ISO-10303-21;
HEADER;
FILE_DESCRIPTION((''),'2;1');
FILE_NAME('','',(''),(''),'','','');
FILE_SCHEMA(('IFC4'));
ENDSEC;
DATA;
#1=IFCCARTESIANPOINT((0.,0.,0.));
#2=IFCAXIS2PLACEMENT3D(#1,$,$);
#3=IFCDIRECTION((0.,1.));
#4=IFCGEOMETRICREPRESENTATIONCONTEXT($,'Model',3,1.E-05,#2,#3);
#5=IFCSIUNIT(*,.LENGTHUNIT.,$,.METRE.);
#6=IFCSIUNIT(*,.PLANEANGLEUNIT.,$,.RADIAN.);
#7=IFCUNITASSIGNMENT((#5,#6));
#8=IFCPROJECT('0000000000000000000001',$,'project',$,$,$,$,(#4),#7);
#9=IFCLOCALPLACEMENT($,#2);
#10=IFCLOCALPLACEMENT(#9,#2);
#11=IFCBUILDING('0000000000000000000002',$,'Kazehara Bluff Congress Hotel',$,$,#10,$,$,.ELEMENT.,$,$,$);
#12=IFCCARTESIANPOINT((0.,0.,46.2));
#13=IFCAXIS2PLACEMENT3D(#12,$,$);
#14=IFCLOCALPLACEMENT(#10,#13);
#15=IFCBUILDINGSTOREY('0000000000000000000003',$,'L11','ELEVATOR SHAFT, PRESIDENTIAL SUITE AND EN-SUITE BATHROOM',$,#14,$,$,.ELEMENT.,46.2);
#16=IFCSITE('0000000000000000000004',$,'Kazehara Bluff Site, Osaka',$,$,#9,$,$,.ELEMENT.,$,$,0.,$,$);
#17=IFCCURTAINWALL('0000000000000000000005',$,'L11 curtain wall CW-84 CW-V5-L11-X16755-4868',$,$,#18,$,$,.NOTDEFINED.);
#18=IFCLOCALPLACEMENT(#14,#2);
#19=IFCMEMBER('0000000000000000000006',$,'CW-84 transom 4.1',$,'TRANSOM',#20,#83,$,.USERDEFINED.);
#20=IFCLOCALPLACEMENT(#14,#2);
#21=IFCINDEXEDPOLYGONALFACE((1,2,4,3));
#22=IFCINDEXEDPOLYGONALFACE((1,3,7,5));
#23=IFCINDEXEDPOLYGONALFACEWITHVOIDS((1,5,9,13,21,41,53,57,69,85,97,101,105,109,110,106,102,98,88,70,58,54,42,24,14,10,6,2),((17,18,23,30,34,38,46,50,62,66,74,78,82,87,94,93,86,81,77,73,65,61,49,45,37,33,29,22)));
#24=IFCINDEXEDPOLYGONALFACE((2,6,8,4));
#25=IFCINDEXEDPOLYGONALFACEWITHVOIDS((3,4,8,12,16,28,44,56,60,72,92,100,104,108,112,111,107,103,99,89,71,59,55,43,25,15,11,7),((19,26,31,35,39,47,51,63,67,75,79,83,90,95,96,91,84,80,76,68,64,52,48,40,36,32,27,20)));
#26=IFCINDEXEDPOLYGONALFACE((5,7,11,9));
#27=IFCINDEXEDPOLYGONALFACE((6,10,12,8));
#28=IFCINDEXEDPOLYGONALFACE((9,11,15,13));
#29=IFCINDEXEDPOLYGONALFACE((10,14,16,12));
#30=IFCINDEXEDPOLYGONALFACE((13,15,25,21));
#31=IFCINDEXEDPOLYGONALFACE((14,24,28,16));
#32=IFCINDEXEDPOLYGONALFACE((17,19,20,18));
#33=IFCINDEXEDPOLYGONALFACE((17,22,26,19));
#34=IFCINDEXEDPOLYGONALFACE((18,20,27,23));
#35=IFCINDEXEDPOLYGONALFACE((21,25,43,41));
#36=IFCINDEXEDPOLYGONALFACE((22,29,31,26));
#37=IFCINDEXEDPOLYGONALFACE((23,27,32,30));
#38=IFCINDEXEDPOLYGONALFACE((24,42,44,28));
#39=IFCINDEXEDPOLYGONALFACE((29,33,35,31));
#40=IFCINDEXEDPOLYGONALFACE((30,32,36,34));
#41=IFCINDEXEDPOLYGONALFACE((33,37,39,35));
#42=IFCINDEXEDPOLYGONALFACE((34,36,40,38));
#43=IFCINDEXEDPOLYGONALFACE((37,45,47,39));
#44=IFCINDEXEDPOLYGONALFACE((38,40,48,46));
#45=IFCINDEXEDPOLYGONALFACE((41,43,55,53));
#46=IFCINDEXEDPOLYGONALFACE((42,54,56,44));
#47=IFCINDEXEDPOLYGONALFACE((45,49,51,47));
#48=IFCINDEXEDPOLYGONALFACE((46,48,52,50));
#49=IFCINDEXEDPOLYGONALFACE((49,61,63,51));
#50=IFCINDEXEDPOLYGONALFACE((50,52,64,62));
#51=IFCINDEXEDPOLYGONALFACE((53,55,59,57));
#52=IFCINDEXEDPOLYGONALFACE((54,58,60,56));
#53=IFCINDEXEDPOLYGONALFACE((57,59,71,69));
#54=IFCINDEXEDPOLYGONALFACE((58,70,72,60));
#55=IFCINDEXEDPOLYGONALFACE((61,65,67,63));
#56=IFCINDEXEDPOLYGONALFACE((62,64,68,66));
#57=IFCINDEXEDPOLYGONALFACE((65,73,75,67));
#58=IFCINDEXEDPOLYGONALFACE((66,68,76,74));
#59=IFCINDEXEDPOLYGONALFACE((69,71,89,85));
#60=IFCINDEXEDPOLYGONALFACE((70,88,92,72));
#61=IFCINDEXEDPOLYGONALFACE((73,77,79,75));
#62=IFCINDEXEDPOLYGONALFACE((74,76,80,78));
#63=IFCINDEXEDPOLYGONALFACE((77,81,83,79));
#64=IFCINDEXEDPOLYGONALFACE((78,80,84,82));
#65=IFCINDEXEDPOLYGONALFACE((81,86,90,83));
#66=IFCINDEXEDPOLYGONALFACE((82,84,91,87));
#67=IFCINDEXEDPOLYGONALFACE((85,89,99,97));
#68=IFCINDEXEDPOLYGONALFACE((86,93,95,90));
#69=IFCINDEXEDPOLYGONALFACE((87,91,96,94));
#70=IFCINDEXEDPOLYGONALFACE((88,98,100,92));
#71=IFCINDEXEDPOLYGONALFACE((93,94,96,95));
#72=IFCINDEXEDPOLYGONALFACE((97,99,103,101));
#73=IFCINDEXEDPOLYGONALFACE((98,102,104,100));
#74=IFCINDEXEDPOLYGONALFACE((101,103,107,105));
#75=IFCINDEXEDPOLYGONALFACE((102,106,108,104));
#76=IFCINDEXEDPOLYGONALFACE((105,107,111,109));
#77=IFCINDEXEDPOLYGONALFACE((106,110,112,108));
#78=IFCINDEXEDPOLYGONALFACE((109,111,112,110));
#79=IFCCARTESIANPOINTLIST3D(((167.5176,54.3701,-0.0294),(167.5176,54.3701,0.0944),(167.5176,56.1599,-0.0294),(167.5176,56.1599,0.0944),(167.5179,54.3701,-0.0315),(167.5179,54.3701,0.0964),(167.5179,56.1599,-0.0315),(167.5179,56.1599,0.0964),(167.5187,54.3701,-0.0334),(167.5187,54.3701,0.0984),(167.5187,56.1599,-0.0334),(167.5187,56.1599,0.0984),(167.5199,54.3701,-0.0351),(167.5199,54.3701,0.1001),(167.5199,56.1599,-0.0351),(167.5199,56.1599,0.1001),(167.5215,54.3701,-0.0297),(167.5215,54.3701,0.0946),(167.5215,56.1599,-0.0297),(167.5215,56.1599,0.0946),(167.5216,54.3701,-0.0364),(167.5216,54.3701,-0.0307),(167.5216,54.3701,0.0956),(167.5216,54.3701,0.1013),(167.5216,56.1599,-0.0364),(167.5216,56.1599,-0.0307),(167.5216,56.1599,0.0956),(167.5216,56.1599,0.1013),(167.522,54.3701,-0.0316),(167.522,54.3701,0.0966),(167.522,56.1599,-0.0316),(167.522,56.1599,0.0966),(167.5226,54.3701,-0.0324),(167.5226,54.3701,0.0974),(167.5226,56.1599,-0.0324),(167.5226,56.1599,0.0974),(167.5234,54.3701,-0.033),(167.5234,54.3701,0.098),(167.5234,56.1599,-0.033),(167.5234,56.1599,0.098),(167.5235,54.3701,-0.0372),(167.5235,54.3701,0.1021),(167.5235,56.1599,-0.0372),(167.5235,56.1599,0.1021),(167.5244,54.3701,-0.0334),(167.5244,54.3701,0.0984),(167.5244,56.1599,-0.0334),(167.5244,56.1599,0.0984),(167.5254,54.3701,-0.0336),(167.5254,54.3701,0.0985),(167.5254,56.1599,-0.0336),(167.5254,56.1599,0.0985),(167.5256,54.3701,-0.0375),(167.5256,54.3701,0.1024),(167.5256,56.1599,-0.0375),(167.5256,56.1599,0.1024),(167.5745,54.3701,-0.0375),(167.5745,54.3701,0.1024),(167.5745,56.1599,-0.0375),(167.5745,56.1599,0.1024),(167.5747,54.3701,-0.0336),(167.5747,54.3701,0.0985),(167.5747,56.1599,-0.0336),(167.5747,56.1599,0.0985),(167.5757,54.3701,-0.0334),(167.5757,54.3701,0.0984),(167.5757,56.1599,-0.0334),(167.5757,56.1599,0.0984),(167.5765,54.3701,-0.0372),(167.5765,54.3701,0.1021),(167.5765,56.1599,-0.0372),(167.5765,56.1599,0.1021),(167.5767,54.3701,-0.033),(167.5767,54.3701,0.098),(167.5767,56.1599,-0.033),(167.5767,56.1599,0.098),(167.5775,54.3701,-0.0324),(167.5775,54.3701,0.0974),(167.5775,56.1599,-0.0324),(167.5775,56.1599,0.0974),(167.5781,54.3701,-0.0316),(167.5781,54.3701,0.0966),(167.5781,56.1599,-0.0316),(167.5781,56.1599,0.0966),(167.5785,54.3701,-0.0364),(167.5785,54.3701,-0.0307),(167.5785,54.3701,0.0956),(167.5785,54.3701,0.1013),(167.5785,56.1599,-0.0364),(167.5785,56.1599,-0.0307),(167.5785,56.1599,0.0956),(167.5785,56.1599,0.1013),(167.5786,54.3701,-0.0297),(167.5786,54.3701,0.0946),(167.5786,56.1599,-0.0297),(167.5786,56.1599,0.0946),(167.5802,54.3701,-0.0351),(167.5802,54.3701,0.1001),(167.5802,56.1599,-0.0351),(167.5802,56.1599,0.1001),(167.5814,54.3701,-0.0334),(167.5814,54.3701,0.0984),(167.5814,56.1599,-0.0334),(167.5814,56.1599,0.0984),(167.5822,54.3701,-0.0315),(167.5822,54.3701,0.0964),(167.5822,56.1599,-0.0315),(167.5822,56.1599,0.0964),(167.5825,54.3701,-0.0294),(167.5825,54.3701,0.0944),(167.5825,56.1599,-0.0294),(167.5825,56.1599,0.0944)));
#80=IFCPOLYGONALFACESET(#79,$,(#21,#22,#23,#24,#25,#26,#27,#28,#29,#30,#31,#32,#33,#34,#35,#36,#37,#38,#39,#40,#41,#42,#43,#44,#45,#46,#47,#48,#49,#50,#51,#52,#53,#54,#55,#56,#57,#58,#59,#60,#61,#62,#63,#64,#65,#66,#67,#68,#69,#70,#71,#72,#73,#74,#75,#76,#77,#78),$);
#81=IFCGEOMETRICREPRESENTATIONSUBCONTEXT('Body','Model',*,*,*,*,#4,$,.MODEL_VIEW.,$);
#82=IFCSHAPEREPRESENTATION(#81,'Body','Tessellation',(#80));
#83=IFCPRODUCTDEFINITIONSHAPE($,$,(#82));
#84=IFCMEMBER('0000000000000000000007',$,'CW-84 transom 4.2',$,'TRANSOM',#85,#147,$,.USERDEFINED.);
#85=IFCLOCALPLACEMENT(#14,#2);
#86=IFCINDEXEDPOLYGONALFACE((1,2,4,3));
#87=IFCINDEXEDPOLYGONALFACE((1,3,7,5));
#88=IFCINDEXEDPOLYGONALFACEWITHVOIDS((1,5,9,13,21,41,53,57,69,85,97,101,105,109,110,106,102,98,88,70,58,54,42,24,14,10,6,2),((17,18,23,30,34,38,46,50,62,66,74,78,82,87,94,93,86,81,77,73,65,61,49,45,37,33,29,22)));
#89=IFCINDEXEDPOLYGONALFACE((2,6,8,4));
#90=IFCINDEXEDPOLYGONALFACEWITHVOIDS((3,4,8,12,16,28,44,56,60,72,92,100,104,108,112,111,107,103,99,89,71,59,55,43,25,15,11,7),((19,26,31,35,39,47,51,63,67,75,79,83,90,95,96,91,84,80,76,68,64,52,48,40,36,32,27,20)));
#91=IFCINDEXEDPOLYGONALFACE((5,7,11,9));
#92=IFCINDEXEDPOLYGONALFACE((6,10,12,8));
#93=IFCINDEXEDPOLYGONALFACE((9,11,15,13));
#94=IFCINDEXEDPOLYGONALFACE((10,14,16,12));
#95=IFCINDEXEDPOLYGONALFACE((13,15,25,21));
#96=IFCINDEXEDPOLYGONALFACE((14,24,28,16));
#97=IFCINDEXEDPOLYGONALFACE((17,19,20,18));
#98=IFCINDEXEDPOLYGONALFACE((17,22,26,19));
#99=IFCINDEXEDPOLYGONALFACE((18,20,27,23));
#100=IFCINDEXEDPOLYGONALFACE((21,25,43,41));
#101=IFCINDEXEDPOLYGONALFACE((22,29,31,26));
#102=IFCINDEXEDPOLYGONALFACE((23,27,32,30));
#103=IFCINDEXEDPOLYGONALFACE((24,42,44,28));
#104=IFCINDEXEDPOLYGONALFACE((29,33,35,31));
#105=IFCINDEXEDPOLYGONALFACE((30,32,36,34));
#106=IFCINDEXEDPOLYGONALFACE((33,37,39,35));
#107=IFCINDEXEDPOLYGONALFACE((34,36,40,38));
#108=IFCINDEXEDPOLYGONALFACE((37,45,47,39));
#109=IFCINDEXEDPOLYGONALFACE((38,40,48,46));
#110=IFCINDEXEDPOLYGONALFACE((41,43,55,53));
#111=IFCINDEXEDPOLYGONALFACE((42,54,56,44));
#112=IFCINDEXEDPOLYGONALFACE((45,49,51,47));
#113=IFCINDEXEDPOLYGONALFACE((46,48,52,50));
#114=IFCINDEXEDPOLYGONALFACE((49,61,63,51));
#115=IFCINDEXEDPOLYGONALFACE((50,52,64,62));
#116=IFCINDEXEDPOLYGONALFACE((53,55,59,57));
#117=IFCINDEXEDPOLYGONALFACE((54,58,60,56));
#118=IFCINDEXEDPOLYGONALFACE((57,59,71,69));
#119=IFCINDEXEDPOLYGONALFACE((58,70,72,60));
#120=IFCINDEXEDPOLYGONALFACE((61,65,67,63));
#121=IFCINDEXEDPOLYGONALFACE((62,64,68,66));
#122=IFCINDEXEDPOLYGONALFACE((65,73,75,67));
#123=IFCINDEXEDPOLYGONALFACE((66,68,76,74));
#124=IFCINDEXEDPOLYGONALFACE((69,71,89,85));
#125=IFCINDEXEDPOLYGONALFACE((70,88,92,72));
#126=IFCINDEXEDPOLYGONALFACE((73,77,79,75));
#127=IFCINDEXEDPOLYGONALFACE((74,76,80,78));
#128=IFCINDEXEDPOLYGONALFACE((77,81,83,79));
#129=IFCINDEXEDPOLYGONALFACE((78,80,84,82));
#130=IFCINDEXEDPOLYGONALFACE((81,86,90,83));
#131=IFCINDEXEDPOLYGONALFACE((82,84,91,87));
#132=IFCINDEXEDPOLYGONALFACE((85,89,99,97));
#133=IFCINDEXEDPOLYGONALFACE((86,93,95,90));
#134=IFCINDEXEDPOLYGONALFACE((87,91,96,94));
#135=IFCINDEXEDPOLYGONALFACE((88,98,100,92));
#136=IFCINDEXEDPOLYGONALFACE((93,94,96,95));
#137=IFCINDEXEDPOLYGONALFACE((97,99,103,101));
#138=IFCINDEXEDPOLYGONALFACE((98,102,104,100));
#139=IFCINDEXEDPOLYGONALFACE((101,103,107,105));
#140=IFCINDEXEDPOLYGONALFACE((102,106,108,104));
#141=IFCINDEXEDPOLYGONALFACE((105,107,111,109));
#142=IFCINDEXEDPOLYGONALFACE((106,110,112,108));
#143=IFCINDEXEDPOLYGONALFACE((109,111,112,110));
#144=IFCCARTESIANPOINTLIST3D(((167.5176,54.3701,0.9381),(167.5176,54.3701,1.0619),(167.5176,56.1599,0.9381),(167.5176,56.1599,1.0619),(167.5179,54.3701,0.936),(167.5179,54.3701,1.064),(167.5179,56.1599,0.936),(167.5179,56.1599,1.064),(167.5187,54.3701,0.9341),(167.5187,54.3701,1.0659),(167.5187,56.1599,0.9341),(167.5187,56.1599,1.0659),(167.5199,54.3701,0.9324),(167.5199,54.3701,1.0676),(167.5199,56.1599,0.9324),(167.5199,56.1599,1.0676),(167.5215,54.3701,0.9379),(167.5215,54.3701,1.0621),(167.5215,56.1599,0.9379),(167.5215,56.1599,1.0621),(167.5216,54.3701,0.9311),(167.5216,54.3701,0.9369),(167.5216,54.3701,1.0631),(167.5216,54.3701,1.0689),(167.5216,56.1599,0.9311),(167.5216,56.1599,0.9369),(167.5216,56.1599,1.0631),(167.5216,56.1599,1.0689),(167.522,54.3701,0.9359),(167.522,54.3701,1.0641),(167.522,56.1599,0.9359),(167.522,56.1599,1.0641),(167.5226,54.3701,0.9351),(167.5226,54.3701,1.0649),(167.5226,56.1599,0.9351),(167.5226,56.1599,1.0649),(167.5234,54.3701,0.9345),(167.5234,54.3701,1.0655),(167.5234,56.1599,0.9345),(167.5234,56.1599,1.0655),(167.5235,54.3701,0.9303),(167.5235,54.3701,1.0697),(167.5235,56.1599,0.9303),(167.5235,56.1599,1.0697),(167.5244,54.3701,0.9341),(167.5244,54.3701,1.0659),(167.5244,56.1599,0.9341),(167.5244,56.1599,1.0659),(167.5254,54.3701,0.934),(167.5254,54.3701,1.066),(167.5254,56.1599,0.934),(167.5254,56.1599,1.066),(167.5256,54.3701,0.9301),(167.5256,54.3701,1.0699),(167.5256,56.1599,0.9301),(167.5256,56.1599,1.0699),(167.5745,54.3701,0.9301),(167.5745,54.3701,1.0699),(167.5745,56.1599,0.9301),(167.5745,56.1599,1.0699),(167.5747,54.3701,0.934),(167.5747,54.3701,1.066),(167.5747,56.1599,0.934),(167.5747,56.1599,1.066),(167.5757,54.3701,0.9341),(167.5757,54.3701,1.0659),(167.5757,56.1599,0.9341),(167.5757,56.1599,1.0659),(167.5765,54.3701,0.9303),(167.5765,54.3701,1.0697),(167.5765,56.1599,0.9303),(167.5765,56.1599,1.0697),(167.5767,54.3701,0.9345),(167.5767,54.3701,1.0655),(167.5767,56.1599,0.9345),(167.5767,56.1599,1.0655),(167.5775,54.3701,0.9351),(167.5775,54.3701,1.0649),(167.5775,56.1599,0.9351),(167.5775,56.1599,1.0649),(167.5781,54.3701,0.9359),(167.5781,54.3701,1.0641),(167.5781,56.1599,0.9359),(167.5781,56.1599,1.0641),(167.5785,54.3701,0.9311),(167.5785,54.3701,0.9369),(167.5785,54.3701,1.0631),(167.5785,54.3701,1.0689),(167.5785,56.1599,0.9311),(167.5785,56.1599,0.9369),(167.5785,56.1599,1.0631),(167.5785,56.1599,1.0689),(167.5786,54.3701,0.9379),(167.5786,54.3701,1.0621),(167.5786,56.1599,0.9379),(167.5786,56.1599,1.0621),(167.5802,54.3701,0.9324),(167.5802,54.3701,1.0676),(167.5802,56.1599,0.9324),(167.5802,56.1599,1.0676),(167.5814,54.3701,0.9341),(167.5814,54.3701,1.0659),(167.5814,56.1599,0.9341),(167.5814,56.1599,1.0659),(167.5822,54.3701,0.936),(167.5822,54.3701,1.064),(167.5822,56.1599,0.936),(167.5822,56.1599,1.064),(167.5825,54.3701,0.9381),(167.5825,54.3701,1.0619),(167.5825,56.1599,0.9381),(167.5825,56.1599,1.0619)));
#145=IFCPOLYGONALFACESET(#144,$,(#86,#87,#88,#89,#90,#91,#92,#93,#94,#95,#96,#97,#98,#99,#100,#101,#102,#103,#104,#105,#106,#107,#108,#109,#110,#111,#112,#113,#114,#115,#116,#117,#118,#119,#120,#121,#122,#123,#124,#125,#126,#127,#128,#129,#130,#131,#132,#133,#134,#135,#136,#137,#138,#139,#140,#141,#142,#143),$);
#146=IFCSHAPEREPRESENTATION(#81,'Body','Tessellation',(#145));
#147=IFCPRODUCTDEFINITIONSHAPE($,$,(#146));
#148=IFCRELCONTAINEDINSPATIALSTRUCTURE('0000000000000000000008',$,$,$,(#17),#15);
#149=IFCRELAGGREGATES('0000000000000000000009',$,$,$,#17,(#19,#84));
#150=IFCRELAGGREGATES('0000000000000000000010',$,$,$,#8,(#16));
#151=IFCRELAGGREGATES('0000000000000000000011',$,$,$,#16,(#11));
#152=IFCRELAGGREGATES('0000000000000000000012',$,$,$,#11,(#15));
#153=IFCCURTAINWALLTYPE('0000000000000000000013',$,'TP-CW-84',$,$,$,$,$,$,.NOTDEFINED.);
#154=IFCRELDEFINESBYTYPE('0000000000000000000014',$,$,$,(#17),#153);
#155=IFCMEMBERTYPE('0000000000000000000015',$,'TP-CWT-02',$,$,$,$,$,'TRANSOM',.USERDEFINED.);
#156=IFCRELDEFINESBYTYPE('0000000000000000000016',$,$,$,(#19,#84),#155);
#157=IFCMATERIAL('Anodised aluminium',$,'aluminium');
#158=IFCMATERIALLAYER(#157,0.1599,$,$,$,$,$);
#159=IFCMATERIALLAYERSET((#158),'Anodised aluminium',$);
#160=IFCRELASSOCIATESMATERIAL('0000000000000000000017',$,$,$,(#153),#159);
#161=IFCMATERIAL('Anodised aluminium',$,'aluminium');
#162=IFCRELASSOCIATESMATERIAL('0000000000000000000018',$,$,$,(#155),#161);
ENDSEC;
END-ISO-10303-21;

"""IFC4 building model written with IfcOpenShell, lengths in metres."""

from ifc_helpers import new_model, si_unit, direction, frame, origin, origin_2d, place, context, subcontext, project, spatial, hollow_rectangle, extrude, material, layer, layer_set, material_profile, profile_set, type_object, element, aggregate, save


model = new_model("IFC4")

# Units and contexts
model_context = context("Model", 3, precision=1e-05, world=origin(), true_north=direction((0.0, 1.0)))
body_context = subcontext(model_context, "Body", "Model", "MODEL_VIEW")
ifc_project = project(units=[si_unit("LENGTHUNIT", "METRE"), si_unit("PLANEANGLEUNIT", "RADIAN")], contexts=[model_context])

# Site, building, storey
site_placement = place(None, origin())
site = spatial("IfcSite", under=ifc_project, at=site_placement, Name="Kazehara Bluff Site, Osaka", CompositionType="ELEMENT", RefElevation=0.0)
building_placement = place(site_placement, origin())
building = spatial("IfcBuilding", under=site, at=building_placement, Name="Kazehara Bluff Congress Hotel", CompositionType="ELEMENT")
storey_placement = place(building_placement, frame((0.0, 0.0, 46.2)))
storey = spatial("IfcBuildingStorey", under=building, at=storey_placement, Name="L11", Description="ELEVATOR SHAFT, PRESIDENTIAL SUITE AND EN-SUITE BATHROOM", CompositionType="ELEMENT", Elevation=46.2)

# Curtain wall, members
ifc_material_1 = material(Name="Anodised aluminium", Category="aluminium")
ifc_layer_1 = layer(ifc_material_1, 0.1599)
ifc_layer_set_1 = layer_set([ifc_layer_1], Name="Anodised aluminium")
curtain_wall_type = type_object("IfcCurtainWallType", Name="TP-CW-84", PredefinedType="NOTDEFINED", material=ifc_layer_set_1)
curtain_wall_placement = place(storey_placement, origin())
curtain_wall = element("IfcCurtainWall", 1, at=curtain_wall_placement, inside=storey, type_object=curtain_wall_type, Name="L11 curtain wall CW-84 CW-V5-L11-X16755-4868", PredefinedType="NOTDEFINED")
ifc_material_2 = material(Name="Anodised aluminium", Category="aluminium")
ifc_material_profile_1 = material_profile(ifc_material_2, hollow_rectangle(XDim=0.0649, YDim=0.1399, WallThickness=0.0039, InnerFilletRadius=0.0039, OuterFilletRadius=0.0081, at=origin_2d()))
ifc_profile_set_1 = profile_set([ifc_material_profile_1], Name="Anodised aluminium")
member_type_1 = type_object("IfcMemberType", Name="TP-CWT-02", ElementType="TRANSOM", PredefinedType="USERDEFINED", material=ifc_profile_set_1)
member_1_placement = place(storey_placement, frame((167.55, 54.3701, 0.0325), z_axis=(0.0, 1.0, 0.0), x_axis=(-1.0, 0.0, 0.0)))
member_1 = element("IfcMember", 2, at=member_1_placement, type_object=member_type_1, Name="CW-84 transom 4.1", ObjectType="TRANSOM", PredefinedType="USERDEFINED", context=body_context, shape_type="SweptSolid", body=[
    extrude(hollow_rectangle(XDim=0.0649, YDim=0.1399, WallThickness=0.0039, InnerFilletRadius=0.0039, OuterFilletRadius=0.0081, at=origin_2d()), origin(), (0.0, 0.0, 1.0), 1.7898),
])
member_2_placement = place(storey_placement, frame((167.55, 54.3701, 1.0), z_axis=(0.0, 1.0, 0.0), x_axis=(-1.0, 0.0, 0.0)))
member_2 = element("IfcMember", 3, at=member_2_placement, type_object=member_type_1, Name="CW-84 transom 4.2", ObjectType="TRANSOM", PredefinedType="USERDEFINED", context=body_context, shape_type="SweptSolid", body=[
    extrude(hollow_rectangle(XDim=0.0649, YDim=0.1399, WallThickness=0.0039, InnerFilletRadius=0.0039, OuterFilletRadius=0.0081, at=origin_2d()), origin(), (0.0, 0.0, 1.0), 1.7898),
])

aggregate(curtain_wall, [member_1, member_2])

save(model, "model.ifc")
